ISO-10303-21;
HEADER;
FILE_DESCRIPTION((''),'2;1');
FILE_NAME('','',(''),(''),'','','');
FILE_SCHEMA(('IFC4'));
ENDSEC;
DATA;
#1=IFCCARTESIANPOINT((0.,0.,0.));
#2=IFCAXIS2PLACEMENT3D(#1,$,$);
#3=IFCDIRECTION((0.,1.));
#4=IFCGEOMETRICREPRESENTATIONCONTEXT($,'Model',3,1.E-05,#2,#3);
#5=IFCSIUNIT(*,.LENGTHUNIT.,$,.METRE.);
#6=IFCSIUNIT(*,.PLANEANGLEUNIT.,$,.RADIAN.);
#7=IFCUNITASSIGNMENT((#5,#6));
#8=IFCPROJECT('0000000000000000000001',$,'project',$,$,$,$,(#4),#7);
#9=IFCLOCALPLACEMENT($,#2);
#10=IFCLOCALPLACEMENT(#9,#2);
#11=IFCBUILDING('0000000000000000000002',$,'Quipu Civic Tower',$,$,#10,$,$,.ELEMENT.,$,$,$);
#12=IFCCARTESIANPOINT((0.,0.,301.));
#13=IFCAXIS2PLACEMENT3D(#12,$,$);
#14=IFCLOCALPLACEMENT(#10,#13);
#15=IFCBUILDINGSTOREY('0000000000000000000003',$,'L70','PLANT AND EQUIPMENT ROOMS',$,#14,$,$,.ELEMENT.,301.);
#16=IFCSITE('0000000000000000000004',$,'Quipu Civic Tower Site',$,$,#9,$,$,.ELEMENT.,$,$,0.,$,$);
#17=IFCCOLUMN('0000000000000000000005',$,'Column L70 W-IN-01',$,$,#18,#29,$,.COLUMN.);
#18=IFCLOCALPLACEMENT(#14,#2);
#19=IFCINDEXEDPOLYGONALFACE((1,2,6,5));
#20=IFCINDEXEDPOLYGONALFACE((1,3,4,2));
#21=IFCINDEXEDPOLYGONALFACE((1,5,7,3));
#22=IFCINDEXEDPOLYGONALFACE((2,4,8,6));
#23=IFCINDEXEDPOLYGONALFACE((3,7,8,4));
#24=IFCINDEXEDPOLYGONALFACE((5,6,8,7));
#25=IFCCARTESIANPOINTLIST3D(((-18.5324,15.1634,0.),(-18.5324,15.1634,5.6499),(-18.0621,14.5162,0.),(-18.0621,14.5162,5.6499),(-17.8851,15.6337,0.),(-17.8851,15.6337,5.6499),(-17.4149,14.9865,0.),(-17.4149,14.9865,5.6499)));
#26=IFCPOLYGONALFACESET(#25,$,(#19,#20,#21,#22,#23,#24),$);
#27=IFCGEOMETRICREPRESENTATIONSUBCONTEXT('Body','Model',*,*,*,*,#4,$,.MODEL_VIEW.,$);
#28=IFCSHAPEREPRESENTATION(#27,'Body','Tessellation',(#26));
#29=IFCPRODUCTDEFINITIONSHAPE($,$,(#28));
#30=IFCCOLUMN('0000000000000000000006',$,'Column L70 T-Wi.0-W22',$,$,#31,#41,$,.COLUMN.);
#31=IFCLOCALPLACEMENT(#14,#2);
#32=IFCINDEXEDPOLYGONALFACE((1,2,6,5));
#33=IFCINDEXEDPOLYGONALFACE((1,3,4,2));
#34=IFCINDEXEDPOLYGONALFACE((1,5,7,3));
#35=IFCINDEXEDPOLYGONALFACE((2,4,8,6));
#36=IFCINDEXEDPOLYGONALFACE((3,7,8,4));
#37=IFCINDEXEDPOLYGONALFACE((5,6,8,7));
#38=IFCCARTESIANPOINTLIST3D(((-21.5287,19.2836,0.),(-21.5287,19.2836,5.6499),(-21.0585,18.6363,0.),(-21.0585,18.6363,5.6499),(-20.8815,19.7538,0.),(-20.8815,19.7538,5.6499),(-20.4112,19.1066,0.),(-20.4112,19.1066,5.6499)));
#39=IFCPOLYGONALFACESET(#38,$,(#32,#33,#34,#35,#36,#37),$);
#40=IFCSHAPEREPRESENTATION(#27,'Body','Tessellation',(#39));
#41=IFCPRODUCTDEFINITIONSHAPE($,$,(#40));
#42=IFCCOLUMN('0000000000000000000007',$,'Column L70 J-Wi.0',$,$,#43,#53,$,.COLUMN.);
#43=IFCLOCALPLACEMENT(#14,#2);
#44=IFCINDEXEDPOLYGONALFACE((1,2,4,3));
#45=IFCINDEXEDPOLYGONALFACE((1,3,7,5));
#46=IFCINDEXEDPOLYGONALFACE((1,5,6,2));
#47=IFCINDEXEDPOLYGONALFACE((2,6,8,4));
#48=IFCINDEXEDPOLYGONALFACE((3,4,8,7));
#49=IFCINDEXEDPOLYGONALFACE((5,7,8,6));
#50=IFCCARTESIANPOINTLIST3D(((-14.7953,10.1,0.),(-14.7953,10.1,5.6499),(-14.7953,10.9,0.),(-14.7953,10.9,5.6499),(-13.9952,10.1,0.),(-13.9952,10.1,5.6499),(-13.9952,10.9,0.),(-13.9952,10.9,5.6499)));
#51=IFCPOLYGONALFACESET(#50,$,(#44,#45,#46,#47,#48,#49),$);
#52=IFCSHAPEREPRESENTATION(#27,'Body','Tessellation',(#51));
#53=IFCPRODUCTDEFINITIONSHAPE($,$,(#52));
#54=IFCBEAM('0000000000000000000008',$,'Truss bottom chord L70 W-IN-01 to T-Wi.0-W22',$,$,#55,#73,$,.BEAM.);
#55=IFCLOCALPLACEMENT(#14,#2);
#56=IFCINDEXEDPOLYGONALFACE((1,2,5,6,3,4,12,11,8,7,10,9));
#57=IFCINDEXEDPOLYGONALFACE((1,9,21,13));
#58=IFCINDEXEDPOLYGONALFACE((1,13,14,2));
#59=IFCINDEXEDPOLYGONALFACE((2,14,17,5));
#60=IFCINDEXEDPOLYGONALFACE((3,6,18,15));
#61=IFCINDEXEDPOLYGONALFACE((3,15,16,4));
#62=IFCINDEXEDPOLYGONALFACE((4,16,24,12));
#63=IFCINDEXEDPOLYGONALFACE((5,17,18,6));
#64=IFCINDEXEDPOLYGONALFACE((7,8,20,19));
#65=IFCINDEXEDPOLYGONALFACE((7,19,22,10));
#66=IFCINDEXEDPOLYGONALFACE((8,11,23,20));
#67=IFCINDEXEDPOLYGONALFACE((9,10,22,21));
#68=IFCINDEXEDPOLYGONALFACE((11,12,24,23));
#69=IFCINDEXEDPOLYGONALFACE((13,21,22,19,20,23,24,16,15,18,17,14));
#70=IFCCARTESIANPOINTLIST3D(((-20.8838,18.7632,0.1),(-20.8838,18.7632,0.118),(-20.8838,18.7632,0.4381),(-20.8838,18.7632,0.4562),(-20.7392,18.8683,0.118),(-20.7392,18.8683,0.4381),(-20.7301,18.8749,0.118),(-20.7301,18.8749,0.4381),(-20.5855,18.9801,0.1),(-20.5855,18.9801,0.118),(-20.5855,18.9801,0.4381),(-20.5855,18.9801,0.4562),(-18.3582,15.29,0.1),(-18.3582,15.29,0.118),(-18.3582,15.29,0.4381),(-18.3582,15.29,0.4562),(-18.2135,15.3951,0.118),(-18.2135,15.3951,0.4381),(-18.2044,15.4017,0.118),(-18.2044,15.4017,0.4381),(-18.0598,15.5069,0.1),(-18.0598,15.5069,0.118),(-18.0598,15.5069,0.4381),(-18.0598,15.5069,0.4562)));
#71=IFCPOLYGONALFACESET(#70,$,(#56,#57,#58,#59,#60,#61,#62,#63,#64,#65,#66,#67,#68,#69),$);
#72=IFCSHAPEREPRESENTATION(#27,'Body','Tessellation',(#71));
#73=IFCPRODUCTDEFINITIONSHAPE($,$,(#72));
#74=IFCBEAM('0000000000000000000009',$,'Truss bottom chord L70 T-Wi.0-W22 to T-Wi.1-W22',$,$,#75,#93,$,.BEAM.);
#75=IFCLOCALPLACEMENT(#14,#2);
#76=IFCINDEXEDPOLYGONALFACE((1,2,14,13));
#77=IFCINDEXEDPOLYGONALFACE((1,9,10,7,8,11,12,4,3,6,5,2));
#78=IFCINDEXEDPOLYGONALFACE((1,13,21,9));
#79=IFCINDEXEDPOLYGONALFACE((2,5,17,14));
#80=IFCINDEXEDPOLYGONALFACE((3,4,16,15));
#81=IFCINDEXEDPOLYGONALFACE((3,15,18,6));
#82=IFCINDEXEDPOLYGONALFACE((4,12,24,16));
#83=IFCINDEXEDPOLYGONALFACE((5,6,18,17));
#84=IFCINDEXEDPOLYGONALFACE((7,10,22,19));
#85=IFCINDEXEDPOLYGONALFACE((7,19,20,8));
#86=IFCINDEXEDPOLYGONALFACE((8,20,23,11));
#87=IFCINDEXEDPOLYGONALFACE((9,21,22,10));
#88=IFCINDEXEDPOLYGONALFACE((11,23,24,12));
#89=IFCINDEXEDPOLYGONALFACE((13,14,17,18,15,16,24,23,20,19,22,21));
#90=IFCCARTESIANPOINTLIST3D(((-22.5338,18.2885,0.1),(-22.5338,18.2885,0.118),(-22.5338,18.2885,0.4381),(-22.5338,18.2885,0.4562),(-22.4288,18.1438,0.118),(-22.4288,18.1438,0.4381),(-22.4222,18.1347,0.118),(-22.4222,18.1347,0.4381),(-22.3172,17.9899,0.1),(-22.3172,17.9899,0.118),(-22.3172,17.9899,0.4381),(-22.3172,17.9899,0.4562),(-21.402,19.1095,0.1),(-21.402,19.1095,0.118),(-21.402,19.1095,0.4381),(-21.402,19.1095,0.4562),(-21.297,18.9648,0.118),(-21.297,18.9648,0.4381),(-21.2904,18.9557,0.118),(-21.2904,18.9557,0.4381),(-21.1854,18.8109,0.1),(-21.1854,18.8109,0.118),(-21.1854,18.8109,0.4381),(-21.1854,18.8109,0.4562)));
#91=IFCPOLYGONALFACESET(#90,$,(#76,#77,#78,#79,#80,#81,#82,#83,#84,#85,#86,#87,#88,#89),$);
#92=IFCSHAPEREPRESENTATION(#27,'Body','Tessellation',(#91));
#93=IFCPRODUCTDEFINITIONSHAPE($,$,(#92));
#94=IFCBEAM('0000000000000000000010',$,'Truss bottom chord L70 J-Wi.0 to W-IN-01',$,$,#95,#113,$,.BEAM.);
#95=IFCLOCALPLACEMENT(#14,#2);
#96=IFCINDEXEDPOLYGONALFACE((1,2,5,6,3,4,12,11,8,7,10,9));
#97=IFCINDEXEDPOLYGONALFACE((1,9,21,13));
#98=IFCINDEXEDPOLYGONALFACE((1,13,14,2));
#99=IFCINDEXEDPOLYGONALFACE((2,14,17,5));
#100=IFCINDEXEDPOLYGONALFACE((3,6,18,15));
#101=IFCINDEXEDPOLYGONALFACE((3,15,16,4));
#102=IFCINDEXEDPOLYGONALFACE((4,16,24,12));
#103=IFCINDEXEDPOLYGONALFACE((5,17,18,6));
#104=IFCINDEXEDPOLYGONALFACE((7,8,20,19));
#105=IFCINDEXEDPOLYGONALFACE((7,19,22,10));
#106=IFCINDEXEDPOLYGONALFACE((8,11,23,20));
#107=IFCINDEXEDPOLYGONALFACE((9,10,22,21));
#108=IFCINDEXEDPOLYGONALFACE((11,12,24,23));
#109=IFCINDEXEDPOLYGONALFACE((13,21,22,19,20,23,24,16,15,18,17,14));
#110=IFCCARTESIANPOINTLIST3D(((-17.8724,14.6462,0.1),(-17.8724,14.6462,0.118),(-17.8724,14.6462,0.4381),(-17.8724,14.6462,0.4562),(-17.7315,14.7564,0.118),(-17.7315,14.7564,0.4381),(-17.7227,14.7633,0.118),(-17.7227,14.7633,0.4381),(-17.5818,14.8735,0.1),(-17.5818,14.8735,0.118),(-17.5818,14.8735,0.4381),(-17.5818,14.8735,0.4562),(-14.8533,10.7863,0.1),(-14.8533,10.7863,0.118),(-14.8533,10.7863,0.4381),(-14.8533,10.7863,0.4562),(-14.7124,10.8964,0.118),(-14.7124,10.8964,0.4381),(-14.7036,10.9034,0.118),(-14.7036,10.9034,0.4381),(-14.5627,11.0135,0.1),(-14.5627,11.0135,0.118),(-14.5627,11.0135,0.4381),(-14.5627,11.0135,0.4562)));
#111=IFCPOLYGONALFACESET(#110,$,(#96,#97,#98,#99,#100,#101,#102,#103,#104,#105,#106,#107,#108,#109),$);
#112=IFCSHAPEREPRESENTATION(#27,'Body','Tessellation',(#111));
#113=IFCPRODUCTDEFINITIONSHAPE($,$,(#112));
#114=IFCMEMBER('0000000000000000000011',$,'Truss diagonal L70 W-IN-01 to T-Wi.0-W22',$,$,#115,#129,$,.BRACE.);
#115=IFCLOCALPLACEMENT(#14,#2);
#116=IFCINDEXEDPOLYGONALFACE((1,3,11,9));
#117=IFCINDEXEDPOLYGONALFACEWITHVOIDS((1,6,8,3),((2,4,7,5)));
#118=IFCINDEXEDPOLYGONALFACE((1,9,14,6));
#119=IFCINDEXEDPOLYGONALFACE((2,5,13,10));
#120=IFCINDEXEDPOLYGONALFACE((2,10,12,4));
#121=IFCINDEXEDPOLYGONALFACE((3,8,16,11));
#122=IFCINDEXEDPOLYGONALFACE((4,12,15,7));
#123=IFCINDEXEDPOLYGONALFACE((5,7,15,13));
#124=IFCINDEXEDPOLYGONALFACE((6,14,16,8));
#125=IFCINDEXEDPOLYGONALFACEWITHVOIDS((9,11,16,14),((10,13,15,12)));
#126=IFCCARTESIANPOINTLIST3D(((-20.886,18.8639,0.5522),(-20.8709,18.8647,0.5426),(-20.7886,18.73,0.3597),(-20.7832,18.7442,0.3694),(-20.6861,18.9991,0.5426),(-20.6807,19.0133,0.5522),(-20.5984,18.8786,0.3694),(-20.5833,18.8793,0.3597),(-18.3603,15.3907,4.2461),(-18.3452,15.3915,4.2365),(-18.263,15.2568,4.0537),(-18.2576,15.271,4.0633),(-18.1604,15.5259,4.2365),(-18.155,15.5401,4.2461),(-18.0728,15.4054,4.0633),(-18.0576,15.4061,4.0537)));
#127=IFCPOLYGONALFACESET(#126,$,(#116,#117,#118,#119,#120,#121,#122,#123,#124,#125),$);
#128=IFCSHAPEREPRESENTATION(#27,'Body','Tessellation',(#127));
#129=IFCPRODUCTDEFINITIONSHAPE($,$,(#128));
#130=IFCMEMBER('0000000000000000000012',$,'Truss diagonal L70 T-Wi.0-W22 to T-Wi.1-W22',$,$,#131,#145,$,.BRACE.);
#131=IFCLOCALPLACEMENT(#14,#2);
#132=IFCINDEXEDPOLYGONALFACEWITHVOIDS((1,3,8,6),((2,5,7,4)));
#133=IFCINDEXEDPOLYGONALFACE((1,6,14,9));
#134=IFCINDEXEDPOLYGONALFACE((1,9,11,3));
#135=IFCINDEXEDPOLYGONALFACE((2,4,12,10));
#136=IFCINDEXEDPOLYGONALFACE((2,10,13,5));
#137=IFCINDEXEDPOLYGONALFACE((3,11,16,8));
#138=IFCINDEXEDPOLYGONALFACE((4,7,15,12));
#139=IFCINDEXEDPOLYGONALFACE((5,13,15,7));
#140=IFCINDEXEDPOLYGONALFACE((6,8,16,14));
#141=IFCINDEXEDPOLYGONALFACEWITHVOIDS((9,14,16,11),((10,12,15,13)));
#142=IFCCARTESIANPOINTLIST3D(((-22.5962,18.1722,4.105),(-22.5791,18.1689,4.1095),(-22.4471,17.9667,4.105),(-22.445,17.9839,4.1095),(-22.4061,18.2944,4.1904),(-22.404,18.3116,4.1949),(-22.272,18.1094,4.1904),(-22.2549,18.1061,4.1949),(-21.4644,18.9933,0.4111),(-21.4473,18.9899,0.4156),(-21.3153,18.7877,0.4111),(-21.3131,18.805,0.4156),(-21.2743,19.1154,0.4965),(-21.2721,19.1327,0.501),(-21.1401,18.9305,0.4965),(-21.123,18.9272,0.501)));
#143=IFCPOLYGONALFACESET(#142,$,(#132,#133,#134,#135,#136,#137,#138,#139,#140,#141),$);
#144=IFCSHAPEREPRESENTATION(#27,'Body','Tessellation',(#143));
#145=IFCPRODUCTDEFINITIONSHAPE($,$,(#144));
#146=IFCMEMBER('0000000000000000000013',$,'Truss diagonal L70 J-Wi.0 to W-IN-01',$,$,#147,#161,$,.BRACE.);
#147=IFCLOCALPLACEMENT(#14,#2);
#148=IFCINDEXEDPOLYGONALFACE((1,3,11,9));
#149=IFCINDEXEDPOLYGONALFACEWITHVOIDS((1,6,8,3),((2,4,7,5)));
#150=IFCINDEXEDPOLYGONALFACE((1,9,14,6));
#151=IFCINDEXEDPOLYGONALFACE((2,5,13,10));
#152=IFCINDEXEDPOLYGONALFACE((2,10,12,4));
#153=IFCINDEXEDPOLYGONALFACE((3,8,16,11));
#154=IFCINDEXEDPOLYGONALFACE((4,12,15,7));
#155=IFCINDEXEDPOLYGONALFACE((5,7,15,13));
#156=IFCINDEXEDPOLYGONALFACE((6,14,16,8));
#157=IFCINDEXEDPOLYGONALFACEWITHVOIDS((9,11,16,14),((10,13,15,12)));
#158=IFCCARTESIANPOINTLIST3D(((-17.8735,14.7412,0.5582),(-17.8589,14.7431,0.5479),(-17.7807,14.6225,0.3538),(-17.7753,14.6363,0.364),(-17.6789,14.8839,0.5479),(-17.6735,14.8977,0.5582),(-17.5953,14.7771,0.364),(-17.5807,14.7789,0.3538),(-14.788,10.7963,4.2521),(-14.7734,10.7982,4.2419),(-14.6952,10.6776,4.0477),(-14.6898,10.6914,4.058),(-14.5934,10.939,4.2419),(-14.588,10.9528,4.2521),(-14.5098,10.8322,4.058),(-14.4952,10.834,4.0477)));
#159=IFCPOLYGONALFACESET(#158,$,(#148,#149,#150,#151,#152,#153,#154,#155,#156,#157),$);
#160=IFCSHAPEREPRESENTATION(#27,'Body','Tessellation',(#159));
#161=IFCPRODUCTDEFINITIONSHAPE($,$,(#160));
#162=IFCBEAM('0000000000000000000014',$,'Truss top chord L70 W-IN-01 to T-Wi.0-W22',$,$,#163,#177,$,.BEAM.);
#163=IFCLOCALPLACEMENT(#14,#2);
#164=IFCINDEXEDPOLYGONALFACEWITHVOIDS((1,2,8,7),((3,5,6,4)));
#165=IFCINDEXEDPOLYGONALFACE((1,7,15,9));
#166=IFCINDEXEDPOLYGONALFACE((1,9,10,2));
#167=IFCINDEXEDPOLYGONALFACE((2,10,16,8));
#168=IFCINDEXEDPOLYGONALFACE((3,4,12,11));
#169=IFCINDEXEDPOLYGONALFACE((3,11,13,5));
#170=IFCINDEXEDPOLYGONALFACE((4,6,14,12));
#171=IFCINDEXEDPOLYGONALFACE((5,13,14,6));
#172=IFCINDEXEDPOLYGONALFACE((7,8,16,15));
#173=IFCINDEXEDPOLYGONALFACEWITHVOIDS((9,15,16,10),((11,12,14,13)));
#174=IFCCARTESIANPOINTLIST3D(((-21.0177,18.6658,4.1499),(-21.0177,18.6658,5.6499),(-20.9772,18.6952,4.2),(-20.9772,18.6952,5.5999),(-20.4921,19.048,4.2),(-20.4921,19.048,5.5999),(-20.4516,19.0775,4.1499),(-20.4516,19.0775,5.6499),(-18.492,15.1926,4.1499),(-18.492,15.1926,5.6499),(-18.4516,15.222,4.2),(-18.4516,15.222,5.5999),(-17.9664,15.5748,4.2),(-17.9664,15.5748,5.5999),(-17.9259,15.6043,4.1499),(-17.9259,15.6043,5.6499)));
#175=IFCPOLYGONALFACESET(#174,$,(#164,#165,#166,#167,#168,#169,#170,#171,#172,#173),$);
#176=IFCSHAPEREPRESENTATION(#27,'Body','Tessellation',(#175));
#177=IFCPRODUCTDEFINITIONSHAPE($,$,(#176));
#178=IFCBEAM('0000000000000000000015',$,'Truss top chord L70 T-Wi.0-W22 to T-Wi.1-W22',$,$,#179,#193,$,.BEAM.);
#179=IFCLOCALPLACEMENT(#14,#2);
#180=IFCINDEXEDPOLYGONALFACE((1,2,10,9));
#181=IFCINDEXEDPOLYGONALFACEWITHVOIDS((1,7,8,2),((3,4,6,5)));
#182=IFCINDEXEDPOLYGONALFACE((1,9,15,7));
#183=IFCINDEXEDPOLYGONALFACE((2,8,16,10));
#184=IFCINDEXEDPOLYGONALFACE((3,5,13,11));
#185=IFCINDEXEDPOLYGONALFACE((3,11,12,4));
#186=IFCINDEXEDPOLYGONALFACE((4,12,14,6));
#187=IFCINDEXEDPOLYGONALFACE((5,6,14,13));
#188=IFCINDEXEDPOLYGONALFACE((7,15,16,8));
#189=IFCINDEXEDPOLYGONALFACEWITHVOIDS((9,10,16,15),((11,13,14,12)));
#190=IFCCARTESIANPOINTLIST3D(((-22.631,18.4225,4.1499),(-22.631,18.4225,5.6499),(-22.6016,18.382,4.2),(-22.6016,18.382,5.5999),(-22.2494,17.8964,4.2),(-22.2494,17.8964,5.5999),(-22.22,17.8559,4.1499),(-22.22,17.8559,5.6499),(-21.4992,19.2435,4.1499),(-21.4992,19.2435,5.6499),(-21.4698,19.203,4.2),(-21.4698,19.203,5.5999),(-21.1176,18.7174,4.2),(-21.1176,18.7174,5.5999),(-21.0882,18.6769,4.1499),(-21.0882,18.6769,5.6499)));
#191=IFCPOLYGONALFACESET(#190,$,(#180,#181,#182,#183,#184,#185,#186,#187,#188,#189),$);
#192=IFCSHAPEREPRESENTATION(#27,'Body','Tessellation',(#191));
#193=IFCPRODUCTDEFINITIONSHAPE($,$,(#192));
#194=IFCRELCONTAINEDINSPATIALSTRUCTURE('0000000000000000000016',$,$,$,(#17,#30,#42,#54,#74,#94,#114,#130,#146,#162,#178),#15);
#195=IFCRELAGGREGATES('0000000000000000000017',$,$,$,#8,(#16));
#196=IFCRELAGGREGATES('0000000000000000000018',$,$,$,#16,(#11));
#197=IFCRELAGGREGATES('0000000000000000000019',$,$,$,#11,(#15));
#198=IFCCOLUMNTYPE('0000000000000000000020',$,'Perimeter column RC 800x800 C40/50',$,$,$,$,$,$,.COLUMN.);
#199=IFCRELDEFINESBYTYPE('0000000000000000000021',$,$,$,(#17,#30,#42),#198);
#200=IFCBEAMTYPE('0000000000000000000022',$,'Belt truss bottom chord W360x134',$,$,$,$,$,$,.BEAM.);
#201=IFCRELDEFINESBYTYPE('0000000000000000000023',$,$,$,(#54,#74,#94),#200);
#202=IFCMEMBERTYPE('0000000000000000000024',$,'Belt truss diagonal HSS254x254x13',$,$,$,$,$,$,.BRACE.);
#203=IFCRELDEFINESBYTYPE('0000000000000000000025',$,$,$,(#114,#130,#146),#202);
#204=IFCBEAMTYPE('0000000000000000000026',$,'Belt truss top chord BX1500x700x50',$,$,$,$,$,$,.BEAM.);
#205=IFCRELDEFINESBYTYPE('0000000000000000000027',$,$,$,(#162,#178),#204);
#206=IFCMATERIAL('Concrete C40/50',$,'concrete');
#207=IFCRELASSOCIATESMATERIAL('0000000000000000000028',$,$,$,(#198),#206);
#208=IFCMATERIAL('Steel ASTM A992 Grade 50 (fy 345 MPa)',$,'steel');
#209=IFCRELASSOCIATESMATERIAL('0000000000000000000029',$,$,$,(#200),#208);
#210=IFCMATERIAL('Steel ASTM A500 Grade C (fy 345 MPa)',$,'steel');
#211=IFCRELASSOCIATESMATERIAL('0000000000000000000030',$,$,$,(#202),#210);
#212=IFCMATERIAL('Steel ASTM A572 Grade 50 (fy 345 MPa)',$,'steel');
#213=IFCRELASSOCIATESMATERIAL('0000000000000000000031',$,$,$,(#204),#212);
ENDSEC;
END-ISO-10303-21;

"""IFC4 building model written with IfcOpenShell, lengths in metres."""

from ifc_helpers import new_model, si_unit, direction, frame, origin, origin_2d, place, context, subcontext, project, spatial, rectangle, hollow_rectangle, i_section, extrude, material, material_profile, profile_set, type_object, element, save


model = new_model("IFC4")

# Units and contexts
model_context = context("Model", 3, precision=1e-05, world=origin(), true_north=direction((0.0, 1.0)))
body_context = subcontext(model_context, "Body", "Model", "MODEL_VIEW")
ifc_project = project(units=[si_unit("LENGTHUNIT", "METRE"), si_unit("PLANEANGLEUNIT", "RADIAN")], contexts=[model_context])

# Site, building, storey
site_placement = place(None, origin())
site = spatial("IfcSite", under=ifc_project, at=site_placement, Name="Quipu Civic Tower Site", CompositionType="ELEMENT", RefElevation=0.0)
building_placement = place(site_placement, origin())
building = spatial("IfcBuilding", under=site, at=building_placement, Name="Quipu Civic Tower", CompositionType="ELEMENT")
storey_placement = place(building_placement, frame((0.0, 0.0, 301.0)))
storey = spatial("IfcBuildingStorey", under=building, at=storey_placement, Name="L70", Description="PLANT AND EQUIPMENT ROOMS", CompositionType="ELEMENT", Elevation=301.0)

# Columns
ifc_material_1 = material(Name="Concrete C40/50", Category="concrete")
ifc_material_profile_1 = material_profile(ifc_material_1, rectangle(XDim=0.8, YDim=0.8, at=origin_2d()), Name="RC800x800")
ifc_profile_set_1 = profile_set([ifc_material_profile_1], Name="Concrete C40/50")
column_type = type_object("IfcColumnType", Name="Perimeter column RC 800x800 C40/50", PredefinedType="COLUMN", material=ifc_profile_set_1)
for number, where, z_axis, x_axis, name in (
    (1, (-17.9736, 15.075, 0.0), (0.0, 0.0, 1.0), (-0.587785, 0.809017, 0.0), "Column L70 W-IN-01"),
    (2, (-20.97, 19.1951, 0.0), (0.0, 0.0, 1.0), (-0.587785, 0.809017, 0.0), "Column L70 T-Wi.0-W22"),
    (3, (-14.3953, 10.5, 0.0), (0.0, 0.0, 1.0), (-1.0, 0.0, 0.0), "Column L70 J-Wi.0"),
):
    element("IfcColumn", number, at=place(storey_placement, frame(where, z_axis=z_axis, x_axis=x_axis)), inside=storey, type_object=column_type, Name=name, PredefinedType="COLUMN", context=body_context, shape_type="SweptSolid", body=[
        extrude(rectangle(XDim=0.8, YDim=0.8, at=origin_2d()), origin(), (0.0, 0.0, 1.0), 5.6499),
    ])

# Beams
ifc_material_2 = material(Name="Steel ASTM A992 Grade 50 (fy 345 MPa)", Category="steel")
ifc_material_profile_2 = material_profile(ifc_material_2, i_section(OverallWidth=0.3689, OverallDepth=0.3562, WebThickness=0.0112, FlangeThickness=0.0181, at=origin_2d()), Name="W360x134")
ifc_profile_set_2 = profile_set([ifc_material_profile_2], Name="Steel ASTM A992 Grade 50 (fy 345 MPa)")
beam_type_1 = type_object("IfcBeamType", Name="Belt truss bottom chord W360x134", PredefinedType="BEAM", material=ifc_profile_set_2)
beam_1_placement = place(storey_placement, frame((-18.209, 15.3984, 0.2781), z_axis=(-0.588128, 0.808768, 0.0), x_axis=(-0.808768, -0.588128, 0.0)))
element("IfcBeam", 4, at=beam_1_placement, inside=storey, type_object=beam_type_1, Name="Truss bottom chord L70 W-IN-01 to T-Wi.0-W22", PredefinedType="BEAM", context=body_context, shape_type="SweptSolid", body=[
    extrude(i_section(OverallWidth=0.3689, OverallDepth=0.3562, WebThickness=0.0112, FlangeThickness=0.0181, at=origin_2d()), origin(), (0.0, 0.0, 1.0), 4.2944),
])
beam_2_placement = place(storey_placement, frame((-21.2937, 18.9602, 0.2781), z_axis=(-0.809453, -0.587185, 0.0), x_axis=(0.587185, -0.809453, 0.0)))
element("IfcBeam", 5, at=beam_2_placement, inside=storey, type_object=beam_type_1, Name="Truss bottom chord L70 T-Wi.0-W22 to T-Wi.1-W22", PredefinedType="BEAM", context=body_context, shape_type="SweptSolid", body=[
    extrude(i_section(OverallWidth=0.3689, OverallDepth=0.3562, WebThickness=0.0112, FlangeThickness=0.0181, at=origin_2d()), origin(), (0.0, 0.0, 1.0), 1.3982),
])
beam_3_placement = place(storey_placement, frame((-14.708, 10.8999, 0.2781), z_axis=(-0.616091, 0.787675, 0.0), x_axis=(-0.787675, -0.616091, 0.0)))
element("IfcBeam", 6, at=beam_3_placement, inside=storey, type_object=beam_type_1, Name="Truss bottom chord L70 J-Wi.0 to W-IN-01", PredefinedType="BEAM", context=body_context, shape_type="SweptSolid", body=[
    extrude(i_section(OverallWidth=0.3689, OverallDepth=0.3562, WebThickness=0.0112, FlangeThickness=0.0181, at=origin_2d()), origin(), (0.0, 0.0, 1.0), 4.9004),
])

# Members
ifc_material_3 = material(Name="Steel ASTM A500 Grade C (fy 345 MPa)", Category="steel")
ifc_material_profile_3 = material_profile(ifc_material_3, hollow_rectangle(XDim=0.2539, YDim=0.2539, WallThickness=0.0127, at=origin_2d()), Name="HSS254x254x13")
ifc_profile_set_3 = profile_set([ifc_material_profile_3], Name="Steel ASTM A500 Grade C (fy 345 MPa)")
member_type = type_object("IfcMemberType", Name="Belt truss diagonal HSS254x254x13", PredefinedType="BRACE", material=ifc_profile_set_3)
member_1_placement = place(storey_placement, frame((-18.209, 15.3984, 4.1499), z_axis=(-0.445874, 0.613147, -0.65211), x_axis=(-0.808768, -0.588128, 0.0)))
element("IfcMember", 7, at=member_1_placement, inside=storey, type_object=member_type, Name="Truss diagonal L70 W-IN-01 to T-Wi.0-W22", PredefinedType="BRACE", context=body_context, shape_type="SweptSolid", body=[
    extrude(hollow_rectangle(XDim=0.2539, YDim=0.2539, WallThickness=0.0127, at=origin_2d()), origin(), (0.0, 0.0, 1.0), 5.6646),
])
member_2_placement = place(storey_placement, frame((-21.2937, 18.9602, 0.4561), z_axis=(-0.286567, -0.207878, 0.935236), x_axis=(0.587185, -0.809453, 0.0)))
element("IfcMember", 8, at=member_2_placement, inside=storey, type_object=member_type, Name="Truss diagonal L70 T-Wi.0-W22 to T-Wi.1-W22", PredefinedType="BRACE", context=body_context, shape_type="SweptSolid", body=[
    extrude(hollow_rectangle(XDim=0.2539, YDim=0.2539, WallThickness=0.0127, at=origin_2d()), origin(), (0.0, 0.0, 1.0), 3.9497),
])
member_3_placement = place(storey_placement, frame((-14.6416, 10.8152, 4.1499), z_axis=(-0.495811, 0.633907, -0.593577), x_axis=(-0.78768, -0.616085, 0.0)))
element("IfcMember", 9, at=member_3_placement, inside=storey, type_object=member_type, Name="Truss diagonal L70 J-Wi.0 to W-IN-01", PredefinedType="BRACE", context=body_context, shape_type="SweptSolid", body=[
    extrude(hollow_rectangle(XDim=0.2539, YDim=0.2539, WallThickness=0.0127, at=origin_2d()), origin(), (0.0, 0.0, 1.0), 6.2231),
])

# Beams
ifc_material_4 = material(Name="Steel ASTM A572 Grade 50 (fy 345 MPa)", Category="steel")
ifc_material_profile_4 = material_profile(ifc_material_4, hollow_rectangle(XDim=0.7, YDim=1.5, WallThickness=0.05, at=origin_2d()), Name="BX1500x700x50")
ifc_profile_set_4 = profile_set([ifc_material_profile_4], Name="Steel ASTM A572 Grade 50 (fy 345 MPa)")
beam_type_2 = type_object("IfcBeamType", Name="Belt truss top chord BX1500x700x50", PredefinedType="BEAM", material=ifc_profile_set_4)
beam_4_placement = place(storey_placement, frame((-18.209, 15.3984, 4.8999), z_axis=(-0.588128, 0.808768, 0.0), x_axis=(-0.808768, -0.588128, 0.0)))
element("IfcBeam", 10, at=beam_4_placement, inside=storey, type_object=beam_type_2, Name="Truss top chord L70 W-IN-01 to T-Wi.0-W22", PredefinedType="BEAM", context=body_context, shape_type="SweptSolid", body=[
    extrude(hollow_rectangle(XDim=0.7, YDim=1.5, WallThickness=0.05, at=origin_2d()), origin(), (0.0, 0.0, 1.0), 4.2944),
])
beam_5_placement = place(storey_placement, frame((-21.2937, 18.9602, 4.8999), z_axis=(-0.809453, -0.587185, 0.0), x_axis=(0.587185, -0.809453, 0.0)))
element("IfcBeam", 11, at=beam_5_placement, inside=storey, type_object=beam_type_2, Name="Truss top chord L70 T-Wi.0-W22 to T-Wi.1-W22", PredefinedType="BEAM", context=body_context, shape_type="SweptSolid", body=[
    extrude(hollow_rectangle(XDim=0.7, YDim=1.5, WallThickness=0.05, at=origin_2d()), origin(), (0.0, 0.0, 1.0), 1.3982),
])

save(model, "model.ifc")
